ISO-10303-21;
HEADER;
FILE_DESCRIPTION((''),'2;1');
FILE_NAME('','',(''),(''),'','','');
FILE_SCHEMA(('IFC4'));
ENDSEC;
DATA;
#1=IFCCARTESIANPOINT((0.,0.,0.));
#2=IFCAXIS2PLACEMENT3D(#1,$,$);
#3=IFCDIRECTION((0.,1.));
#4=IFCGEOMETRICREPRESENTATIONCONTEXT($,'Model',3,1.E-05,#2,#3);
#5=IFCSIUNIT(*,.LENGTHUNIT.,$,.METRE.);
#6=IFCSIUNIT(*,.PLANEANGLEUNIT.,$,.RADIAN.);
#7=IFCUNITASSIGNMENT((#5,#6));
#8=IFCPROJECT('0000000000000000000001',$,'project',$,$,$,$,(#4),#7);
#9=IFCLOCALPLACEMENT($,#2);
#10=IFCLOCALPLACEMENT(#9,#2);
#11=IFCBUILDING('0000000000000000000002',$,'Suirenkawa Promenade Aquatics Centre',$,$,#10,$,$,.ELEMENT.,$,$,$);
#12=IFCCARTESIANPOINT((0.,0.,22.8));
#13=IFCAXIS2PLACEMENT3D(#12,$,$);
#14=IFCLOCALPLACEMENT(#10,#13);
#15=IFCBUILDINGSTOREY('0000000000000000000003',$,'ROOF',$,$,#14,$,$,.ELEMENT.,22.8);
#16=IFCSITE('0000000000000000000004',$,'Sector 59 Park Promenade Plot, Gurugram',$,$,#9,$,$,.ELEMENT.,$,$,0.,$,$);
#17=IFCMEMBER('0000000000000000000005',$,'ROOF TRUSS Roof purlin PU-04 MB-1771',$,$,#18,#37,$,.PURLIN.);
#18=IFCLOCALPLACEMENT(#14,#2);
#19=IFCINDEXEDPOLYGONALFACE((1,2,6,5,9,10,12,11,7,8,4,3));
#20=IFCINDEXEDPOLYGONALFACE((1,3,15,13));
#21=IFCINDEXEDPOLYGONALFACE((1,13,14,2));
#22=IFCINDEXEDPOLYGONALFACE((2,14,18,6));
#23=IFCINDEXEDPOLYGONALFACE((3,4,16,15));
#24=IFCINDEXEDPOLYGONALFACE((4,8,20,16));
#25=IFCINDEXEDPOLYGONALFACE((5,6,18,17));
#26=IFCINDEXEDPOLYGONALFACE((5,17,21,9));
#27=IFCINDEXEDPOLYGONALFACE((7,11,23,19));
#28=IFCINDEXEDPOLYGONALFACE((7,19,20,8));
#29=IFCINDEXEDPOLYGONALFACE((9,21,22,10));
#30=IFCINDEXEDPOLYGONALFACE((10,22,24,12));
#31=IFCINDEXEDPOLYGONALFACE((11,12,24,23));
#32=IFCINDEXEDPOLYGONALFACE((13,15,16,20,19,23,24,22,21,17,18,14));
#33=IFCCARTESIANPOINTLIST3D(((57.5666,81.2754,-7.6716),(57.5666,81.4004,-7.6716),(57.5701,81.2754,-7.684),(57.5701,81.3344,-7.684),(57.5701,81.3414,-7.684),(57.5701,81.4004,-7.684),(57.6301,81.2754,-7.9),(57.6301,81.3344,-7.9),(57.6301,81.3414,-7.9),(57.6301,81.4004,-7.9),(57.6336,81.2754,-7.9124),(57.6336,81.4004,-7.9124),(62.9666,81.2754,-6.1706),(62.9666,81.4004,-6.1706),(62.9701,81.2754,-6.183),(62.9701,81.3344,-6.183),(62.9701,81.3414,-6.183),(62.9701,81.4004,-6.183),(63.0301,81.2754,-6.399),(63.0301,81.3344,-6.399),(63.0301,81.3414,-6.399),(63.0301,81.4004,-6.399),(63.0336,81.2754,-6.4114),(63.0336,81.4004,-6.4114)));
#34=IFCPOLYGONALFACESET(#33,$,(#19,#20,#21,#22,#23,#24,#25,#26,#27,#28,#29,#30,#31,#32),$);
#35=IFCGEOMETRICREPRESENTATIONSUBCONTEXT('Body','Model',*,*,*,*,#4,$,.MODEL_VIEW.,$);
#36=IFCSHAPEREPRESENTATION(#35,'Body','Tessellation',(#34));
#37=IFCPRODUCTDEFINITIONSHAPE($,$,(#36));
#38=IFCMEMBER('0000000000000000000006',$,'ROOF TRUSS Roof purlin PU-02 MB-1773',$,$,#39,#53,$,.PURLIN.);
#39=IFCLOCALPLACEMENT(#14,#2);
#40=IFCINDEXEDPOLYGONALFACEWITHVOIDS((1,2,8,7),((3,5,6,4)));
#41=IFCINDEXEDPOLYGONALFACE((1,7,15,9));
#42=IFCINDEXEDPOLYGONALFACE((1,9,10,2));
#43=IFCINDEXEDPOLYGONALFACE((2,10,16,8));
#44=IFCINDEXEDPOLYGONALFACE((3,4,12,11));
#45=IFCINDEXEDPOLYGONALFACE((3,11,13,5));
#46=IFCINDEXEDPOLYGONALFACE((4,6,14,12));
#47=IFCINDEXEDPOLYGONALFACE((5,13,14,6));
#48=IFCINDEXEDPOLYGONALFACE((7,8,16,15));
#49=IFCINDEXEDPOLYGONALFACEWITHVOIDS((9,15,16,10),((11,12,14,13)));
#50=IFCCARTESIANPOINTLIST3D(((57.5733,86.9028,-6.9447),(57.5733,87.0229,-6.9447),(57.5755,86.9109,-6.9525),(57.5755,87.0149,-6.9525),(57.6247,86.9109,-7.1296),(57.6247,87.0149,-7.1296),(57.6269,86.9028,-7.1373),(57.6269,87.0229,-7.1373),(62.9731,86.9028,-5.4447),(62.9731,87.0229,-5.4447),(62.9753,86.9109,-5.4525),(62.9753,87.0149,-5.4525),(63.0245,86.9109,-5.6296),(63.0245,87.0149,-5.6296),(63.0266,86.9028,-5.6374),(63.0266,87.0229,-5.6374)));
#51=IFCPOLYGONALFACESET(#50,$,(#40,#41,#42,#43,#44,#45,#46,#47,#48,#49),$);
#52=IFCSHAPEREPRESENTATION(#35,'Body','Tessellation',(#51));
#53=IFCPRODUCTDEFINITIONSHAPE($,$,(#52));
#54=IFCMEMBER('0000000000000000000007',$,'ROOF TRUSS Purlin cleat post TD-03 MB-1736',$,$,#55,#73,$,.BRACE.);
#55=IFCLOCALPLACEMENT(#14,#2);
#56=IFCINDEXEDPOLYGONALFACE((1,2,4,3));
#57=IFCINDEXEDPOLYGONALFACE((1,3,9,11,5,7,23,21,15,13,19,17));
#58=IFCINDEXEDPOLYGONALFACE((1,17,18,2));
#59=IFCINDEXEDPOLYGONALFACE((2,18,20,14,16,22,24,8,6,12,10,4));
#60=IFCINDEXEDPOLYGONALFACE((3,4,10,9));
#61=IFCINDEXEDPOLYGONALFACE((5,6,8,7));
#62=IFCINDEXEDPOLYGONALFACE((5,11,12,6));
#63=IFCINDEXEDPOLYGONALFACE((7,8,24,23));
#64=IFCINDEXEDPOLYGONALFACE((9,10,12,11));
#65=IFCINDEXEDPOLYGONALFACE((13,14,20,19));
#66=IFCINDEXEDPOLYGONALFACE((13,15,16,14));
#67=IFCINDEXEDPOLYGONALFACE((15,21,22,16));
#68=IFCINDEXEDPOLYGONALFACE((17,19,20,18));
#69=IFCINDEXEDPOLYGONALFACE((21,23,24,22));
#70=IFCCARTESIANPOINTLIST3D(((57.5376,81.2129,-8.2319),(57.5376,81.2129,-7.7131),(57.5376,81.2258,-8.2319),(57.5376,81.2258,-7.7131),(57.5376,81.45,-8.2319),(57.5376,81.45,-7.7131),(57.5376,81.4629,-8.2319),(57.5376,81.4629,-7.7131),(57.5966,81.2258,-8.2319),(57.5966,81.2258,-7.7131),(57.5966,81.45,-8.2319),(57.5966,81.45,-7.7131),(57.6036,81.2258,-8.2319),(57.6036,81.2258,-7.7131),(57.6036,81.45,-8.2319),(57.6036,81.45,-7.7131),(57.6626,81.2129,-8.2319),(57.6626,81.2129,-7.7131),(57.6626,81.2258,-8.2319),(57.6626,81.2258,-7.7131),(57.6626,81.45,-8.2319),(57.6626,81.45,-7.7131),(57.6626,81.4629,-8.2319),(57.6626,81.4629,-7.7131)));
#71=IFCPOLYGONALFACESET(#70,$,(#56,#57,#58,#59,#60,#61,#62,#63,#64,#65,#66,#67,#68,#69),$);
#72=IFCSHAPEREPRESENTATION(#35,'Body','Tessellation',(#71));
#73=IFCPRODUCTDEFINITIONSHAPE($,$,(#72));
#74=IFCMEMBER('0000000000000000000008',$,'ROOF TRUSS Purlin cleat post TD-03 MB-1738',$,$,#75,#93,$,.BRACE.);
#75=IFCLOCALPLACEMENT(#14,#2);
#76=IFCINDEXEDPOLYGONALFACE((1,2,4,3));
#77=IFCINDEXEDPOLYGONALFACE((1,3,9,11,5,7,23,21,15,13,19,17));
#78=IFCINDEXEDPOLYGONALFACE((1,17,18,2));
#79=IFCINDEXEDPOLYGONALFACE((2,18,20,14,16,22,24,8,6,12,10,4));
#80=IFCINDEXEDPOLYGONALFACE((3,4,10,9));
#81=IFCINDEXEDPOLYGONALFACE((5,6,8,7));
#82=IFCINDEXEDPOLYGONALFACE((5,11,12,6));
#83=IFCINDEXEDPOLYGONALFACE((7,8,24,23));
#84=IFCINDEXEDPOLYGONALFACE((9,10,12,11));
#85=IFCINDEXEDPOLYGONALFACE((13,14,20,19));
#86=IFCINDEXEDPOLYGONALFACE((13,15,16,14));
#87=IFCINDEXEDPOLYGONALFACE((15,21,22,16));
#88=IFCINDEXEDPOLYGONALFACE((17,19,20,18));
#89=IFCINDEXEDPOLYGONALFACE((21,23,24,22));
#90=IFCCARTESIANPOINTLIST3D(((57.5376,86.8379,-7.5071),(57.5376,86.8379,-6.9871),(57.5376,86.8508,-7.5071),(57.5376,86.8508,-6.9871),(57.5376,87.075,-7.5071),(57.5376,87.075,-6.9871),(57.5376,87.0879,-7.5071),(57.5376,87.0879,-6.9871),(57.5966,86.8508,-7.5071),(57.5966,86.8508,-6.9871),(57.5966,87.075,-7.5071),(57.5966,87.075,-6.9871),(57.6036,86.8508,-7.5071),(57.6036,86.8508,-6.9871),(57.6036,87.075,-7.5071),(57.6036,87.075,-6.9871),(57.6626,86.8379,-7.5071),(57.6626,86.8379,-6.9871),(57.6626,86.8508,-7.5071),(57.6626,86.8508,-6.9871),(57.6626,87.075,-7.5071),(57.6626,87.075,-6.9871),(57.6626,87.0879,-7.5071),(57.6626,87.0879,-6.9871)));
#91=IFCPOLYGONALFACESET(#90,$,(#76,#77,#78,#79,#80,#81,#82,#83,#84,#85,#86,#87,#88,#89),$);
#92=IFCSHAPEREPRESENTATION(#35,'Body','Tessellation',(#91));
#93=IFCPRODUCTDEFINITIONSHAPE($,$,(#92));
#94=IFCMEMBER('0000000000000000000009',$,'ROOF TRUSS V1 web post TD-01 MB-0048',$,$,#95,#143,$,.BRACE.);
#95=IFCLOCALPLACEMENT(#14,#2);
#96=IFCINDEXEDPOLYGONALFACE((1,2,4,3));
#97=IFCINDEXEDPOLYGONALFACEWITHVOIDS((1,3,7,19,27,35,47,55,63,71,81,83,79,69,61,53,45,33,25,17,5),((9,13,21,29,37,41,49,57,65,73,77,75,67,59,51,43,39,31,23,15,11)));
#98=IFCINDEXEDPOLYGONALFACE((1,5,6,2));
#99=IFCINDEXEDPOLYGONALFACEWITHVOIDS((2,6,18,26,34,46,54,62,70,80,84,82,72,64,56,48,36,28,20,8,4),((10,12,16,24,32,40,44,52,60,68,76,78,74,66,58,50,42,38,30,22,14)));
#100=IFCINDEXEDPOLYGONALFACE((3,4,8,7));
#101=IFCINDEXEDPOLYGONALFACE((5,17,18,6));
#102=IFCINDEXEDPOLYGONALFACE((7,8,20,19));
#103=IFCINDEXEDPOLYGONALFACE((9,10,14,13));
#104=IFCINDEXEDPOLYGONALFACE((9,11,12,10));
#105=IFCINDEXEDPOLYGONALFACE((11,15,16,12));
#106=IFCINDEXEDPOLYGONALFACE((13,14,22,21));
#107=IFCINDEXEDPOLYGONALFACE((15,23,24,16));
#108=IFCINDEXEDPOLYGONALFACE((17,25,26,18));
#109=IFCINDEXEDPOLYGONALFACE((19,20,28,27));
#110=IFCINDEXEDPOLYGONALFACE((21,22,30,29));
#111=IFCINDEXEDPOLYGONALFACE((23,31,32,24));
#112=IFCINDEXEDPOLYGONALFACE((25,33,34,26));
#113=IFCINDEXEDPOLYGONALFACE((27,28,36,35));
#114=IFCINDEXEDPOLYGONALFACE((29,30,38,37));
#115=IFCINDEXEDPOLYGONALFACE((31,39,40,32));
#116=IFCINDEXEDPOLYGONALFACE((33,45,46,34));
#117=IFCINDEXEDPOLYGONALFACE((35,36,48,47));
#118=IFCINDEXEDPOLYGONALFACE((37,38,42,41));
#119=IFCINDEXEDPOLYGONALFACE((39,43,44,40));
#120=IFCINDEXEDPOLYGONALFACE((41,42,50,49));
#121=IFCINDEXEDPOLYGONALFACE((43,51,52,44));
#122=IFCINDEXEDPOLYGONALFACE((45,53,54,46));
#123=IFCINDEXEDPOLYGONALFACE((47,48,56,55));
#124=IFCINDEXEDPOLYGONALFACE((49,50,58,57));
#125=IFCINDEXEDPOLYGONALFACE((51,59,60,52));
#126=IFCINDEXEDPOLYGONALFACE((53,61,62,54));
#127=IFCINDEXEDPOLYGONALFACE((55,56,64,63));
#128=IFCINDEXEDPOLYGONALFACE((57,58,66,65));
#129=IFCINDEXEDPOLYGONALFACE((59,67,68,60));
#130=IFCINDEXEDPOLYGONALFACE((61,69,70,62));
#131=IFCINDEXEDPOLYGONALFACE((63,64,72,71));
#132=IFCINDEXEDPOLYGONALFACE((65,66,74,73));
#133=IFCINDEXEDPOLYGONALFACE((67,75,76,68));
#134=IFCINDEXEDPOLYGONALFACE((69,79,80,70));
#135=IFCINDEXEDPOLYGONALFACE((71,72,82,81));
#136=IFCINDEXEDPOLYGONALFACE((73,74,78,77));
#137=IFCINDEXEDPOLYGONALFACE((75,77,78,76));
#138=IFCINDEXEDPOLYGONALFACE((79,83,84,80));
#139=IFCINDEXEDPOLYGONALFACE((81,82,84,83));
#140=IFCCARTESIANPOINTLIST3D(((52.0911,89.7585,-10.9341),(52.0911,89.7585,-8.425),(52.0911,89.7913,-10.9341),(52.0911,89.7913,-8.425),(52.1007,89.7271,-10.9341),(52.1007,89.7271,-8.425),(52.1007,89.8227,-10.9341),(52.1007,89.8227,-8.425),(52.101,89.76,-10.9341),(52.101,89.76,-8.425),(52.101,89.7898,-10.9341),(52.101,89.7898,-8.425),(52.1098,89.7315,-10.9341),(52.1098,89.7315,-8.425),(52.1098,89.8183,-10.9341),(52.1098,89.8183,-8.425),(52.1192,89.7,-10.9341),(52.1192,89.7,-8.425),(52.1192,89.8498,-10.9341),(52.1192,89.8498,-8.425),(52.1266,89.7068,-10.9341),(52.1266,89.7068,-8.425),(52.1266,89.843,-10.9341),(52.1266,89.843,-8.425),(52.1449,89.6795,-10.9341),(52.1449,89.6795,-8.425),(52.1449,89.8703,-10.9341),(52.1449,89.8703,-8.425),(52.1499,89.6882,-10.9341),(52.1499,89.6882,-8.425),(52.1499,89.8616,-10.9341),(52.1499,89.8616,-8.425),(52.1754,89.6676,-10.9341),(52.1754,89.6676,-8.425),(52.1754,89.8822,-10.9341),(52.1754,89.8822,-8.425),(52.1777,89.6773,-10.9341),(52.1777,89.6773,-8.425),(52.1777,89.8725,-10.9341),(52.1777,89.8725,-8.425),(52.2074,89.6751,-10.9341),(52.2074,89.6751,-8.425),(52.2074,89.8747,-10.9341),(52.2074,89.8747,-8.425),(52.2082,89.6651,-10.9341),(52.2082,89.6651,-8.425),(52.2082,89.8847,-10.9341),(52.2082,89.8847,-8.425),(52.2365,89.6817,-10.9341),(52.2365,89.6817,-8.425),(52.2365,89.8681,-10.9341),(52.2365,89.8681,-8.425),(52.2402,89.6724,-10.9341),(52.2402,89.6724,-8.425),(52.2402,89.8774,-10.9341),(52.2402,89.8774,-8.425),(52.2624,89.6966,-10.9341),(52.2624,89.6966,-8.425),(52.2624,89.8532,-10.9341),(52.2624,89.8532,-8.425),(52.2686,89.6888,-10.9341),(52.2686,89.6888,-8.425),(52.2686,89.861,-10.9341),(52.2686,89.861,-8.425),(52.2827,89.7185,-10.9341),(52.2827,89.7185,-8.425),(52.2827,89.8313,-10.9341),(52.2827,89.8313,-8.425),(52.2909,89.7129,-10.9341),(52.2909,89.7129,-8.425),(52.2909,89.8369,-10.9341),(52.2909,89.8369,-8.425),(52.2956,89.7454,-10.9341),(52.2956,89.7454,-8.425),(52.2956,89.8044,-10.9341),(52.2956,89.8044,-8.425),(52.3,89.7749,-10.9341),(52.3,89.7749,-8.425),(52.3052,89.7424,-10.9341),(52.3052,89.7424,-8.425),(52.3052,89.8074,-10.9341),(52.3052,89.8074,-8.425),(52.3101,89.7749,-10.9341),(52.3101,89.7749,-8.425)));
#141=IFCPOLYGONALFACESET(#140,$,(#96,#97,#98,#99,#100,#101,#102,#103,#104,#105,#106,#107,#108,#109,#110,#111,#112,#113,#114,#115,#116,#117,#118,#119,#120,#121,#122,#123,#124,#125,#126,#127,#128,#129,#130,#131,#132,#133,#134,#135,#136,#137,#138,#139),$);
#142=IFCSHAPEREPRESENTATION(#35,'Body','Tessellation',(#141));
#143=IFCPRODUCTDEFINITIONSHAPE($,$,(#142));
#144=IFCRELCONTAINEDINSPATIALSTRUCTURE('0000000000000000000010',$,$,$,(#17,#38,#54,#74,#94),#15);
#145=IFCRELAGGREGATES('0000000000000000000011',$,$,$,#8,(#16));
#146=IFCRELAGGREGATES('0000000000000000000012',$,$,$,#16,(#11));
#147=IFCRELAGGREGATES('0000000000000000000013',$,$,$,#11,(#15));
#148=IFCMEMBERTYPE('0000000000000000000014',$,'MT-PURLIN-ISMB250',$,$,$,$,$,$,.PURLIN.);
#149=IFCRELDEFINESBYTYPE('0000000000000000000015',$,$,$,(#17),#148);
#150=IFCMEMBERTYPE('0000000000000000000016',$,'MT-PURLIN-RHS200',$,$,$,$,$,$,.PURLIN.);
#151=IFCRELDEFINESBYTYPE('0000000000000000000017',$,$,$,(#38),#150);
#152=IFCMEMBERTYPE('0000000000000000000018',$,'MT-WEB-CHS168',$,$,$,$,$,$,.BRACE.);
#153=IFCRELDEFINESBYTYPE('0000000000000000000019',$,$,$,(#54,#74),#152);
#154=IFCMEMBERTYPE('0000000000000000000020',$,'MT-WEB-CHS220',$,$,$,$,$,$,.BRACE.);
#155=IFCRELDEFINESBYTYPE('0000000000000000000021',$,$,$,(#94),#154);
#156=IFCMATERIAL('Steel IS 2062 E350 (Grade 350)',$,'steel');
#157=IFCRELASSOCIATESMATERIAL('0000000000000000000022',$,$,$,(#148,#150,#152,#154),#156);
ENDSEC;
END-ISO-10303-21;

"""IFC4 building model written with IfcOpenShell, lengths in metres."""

from ifc_helpers import new_model, si_unit, direction, frame, origin, origin_2d, place, context, subcontext, project, spatial, hollow_rectangle, hollow_circle, i_section, extrude, material, material_profile, profile_set, type_object, element, save


model = new_model("IFC4")

# Units and contexts
model_context = context("Model", 3, precision=1e-05, world=origin(), true_north=direction((0.0, 1.0)))
body_context = subcontext(model_context, "Body", "Model", "MODEL_VIEW")
ifc_project = project(units=[si_unit("LENGTHUNIT", "METRE"), si_unit("PLANEANGLEUNIT", "RADIAN")], contexts=[model_context])

# Site, building, storey
site_placement = place(None, origin())
site = spatial("IfcSite", under=ifc_project, at=site_placement, Name="Sector 59 Park Promenade Plot, Gurugram", CompositionType="ELEMENT", RefElevation=0.0)
building_placement = place(site_placement, origin())
building = spatial("IfcBuilding", under=site, at=building_placement, Name="Suirenkawa Promenade Aquatics Centre", CompositionType="ELEMENT")
storey_placement = place(building_placement, frame((0.0, 0.0, 22.8)))
storey = spatial("IfcBuildingStorey", under=building, at=storey_placement, Name="ROOF", CompositionType="ELEMENT", Elevation=22.8)

# Shared definitions
ifc_material = material(Name="Steel IS 2062 E350 (Grade 350)", Category="steel")

# Members
ifc_material_profile_1 = material_profile(ifc_material, i_section(OverallWidth=0.125, OverallDepth=0.25, WebThickness=0.0071, FlangeThickness=0.0129, at=origin_2d()), Name="ISMB 250", Category="steel")
ifc_profile_set_1 = profile_set([ifc_material_profile_1], Name="Steel IS 2062 E350 (Grade 350)")
member_type_1 = type_object("IfcMemberType", Name="MT-PURLIN-ISMB250", PredefinedType="PURLIN", material=ifc_profile_set_1)
member_1_placement = place(storey_placement, frame((57.6001, 81.3379, -7.792), z_axis=(0.963472, 0.0, 0.26781), x_axis=(0.0, 1.0, 0.0)))
element("IfcMember", 1, at=member_1_placement, inside=storey, type_object=member_type_1, Name="ROOF TRUSS Roof purlin PU-04 MB-1771", PredefinedType="PURLIN", context=body_context, shape_type="SweptSolid", body=[
    extrude(i_section(OverallWidth=0.125, OverallDepth=0.25, WebThickness=0.0071, FlangeThickness=0.0129, at=origin_2d()), origin(), (0.0, 0.0, 1.0), 5.6047),
])
ifc_material_profile_2 = material_profile(ifc_material, hollow_rectangle(XDim=0.1201, YDim=0.2, WallThickness=0.0081, at=origin_2d()), Name="RHS 200x120x8", Category="steel")
ifc_profile_set_2 = profile_set([ifc_material_profile_2], Name="Steel IS 2062 E350 (Grade 350)")
member_type_2 = type_object("IfcMemberType", Name="MT-PURLIN-RHS200", PredefinedType="PURLIN", material=ifc_profile_set_2)
member_2_placement = place(storey_placement, frame((57.6001, 86.9629, -7.041), z_axis=(0.963517, 0.0, 0.267648), x_axis=(0.0, 1.0, 0.0)))
element("IfcMember", 2, at=member_2_placement, inside=storey, type_object=member_type_2, Name="ROOF TRUSS Roof purlin PU-02 MB-1773", PredefinedType="PURLIN", context=body_context, shape_type="SweptSolid", body=[
    extrude(hollow_rectangle(XDim=0.1201, YDim=0.2, WallThickness=0.0081, at=origin_2d()), origin(), (0.0, 0.0, 1.0), 5.6042),
])
ifc_material_profile_3 = material_profile(ifc_material, i_section(OverallWidth=0.125, OverallDepth=0.25, WebThickness=0.0071, FlangeThickness=0.0129, at=origin_2d()), Name="ISMB 250", Category="steel")
ifc_profile_set_3 = profile_set([ifc_material_profile_3], Name="Steel IS 2062 E350 (Grade 350)")
member_type_3 = type_object("IfcMemberType", Name="MT-WEB-CHS168", PredefinedType="BRACE", material=ifc_profile_set_3)
member_3_placement = place(storey_placement, frame((57.6001, 81.3379, -8.2319), z_axis=(0.0, 0.0, 1.0), x_axis=(1.0, 0.0, 0.0)))
element("IfcMember", 3, at=member_3_placement, inside=storey, type_object=member_type_3, Name="ROOF TRUSS Purlin cleat post TD-03 MB-1736", PredefinedType="BRACE", context=body_context, shape_type="SweptSolid", body=[
    extrude(i_section(OverallWidth=0.125, OverallDepth=0.25, WebThickness=0.0071, FlangeThickness=0.0129, at=origin_2d()), origin(), (0.0, 0.0, 1.0), 0.5188),
])
member_4_placement = place(storey_placement, frame((57.6001, 86.9629, -7.5071), z_axis=(0.0, 0.0, 1.0), x_axis=(1.0, 0.0, 0.0)))
element("IfcMember", 4, at=member_4_placement, inside=storey, type_object=member_type_3, Name="ROOF TRUSS Purlin cleat post TD-03 MB-1738", PredefinedType="BRACE", context=body_context, shape_type="SweptSolid", body=[
    extrude(i_section(OverallWidth=0.125, OverallDepth=0.25, WebThickness=0.0071, FlangeThickness=0.0129, at=origin_2d()), origin(), (0.0, 0.0, 1.0), 0.52),
])
ifc_material_profile_4 = material_profile(ifc_material, hollow_circle(Radius=0.1101, WallThickness=0.01, at=origin_2d()), Name="CHS 220x10", Category="steel")
ifc_profile_set_4 = profile_set([ifc_material_profile_4], Name="Steel IS 2062 E350 (Grade 350)")
member_type_4 = type_object("IfcMemberType", Name="MT-WEB-CHS220", PredefinedType="BRACE", material=ifc_profile_set_4)
member_5_placement = place(storey_placement, frame((52.2, 89.7749, -10.9341), z_axis=(0.0, 0.0, 1.0), x_axis=(1.0, 0.0, 0.0)))
element("IfcMember", 5, at=member_5_placement, inside=storey, type_object=member_type_4, Name="ROOF TRUSS V1 web post TD-01 MB-0048", PredefinedType="BRACE", context=body_context, shape_type="SweptSolid", body=[
    extrude(hollow_circle(Radius=0.1101, WallThickness=0.01, at=origin_2d()), origin(), (0.0, 0.0, 1.0), 2.509),
])

save(model, "model.ifc")
